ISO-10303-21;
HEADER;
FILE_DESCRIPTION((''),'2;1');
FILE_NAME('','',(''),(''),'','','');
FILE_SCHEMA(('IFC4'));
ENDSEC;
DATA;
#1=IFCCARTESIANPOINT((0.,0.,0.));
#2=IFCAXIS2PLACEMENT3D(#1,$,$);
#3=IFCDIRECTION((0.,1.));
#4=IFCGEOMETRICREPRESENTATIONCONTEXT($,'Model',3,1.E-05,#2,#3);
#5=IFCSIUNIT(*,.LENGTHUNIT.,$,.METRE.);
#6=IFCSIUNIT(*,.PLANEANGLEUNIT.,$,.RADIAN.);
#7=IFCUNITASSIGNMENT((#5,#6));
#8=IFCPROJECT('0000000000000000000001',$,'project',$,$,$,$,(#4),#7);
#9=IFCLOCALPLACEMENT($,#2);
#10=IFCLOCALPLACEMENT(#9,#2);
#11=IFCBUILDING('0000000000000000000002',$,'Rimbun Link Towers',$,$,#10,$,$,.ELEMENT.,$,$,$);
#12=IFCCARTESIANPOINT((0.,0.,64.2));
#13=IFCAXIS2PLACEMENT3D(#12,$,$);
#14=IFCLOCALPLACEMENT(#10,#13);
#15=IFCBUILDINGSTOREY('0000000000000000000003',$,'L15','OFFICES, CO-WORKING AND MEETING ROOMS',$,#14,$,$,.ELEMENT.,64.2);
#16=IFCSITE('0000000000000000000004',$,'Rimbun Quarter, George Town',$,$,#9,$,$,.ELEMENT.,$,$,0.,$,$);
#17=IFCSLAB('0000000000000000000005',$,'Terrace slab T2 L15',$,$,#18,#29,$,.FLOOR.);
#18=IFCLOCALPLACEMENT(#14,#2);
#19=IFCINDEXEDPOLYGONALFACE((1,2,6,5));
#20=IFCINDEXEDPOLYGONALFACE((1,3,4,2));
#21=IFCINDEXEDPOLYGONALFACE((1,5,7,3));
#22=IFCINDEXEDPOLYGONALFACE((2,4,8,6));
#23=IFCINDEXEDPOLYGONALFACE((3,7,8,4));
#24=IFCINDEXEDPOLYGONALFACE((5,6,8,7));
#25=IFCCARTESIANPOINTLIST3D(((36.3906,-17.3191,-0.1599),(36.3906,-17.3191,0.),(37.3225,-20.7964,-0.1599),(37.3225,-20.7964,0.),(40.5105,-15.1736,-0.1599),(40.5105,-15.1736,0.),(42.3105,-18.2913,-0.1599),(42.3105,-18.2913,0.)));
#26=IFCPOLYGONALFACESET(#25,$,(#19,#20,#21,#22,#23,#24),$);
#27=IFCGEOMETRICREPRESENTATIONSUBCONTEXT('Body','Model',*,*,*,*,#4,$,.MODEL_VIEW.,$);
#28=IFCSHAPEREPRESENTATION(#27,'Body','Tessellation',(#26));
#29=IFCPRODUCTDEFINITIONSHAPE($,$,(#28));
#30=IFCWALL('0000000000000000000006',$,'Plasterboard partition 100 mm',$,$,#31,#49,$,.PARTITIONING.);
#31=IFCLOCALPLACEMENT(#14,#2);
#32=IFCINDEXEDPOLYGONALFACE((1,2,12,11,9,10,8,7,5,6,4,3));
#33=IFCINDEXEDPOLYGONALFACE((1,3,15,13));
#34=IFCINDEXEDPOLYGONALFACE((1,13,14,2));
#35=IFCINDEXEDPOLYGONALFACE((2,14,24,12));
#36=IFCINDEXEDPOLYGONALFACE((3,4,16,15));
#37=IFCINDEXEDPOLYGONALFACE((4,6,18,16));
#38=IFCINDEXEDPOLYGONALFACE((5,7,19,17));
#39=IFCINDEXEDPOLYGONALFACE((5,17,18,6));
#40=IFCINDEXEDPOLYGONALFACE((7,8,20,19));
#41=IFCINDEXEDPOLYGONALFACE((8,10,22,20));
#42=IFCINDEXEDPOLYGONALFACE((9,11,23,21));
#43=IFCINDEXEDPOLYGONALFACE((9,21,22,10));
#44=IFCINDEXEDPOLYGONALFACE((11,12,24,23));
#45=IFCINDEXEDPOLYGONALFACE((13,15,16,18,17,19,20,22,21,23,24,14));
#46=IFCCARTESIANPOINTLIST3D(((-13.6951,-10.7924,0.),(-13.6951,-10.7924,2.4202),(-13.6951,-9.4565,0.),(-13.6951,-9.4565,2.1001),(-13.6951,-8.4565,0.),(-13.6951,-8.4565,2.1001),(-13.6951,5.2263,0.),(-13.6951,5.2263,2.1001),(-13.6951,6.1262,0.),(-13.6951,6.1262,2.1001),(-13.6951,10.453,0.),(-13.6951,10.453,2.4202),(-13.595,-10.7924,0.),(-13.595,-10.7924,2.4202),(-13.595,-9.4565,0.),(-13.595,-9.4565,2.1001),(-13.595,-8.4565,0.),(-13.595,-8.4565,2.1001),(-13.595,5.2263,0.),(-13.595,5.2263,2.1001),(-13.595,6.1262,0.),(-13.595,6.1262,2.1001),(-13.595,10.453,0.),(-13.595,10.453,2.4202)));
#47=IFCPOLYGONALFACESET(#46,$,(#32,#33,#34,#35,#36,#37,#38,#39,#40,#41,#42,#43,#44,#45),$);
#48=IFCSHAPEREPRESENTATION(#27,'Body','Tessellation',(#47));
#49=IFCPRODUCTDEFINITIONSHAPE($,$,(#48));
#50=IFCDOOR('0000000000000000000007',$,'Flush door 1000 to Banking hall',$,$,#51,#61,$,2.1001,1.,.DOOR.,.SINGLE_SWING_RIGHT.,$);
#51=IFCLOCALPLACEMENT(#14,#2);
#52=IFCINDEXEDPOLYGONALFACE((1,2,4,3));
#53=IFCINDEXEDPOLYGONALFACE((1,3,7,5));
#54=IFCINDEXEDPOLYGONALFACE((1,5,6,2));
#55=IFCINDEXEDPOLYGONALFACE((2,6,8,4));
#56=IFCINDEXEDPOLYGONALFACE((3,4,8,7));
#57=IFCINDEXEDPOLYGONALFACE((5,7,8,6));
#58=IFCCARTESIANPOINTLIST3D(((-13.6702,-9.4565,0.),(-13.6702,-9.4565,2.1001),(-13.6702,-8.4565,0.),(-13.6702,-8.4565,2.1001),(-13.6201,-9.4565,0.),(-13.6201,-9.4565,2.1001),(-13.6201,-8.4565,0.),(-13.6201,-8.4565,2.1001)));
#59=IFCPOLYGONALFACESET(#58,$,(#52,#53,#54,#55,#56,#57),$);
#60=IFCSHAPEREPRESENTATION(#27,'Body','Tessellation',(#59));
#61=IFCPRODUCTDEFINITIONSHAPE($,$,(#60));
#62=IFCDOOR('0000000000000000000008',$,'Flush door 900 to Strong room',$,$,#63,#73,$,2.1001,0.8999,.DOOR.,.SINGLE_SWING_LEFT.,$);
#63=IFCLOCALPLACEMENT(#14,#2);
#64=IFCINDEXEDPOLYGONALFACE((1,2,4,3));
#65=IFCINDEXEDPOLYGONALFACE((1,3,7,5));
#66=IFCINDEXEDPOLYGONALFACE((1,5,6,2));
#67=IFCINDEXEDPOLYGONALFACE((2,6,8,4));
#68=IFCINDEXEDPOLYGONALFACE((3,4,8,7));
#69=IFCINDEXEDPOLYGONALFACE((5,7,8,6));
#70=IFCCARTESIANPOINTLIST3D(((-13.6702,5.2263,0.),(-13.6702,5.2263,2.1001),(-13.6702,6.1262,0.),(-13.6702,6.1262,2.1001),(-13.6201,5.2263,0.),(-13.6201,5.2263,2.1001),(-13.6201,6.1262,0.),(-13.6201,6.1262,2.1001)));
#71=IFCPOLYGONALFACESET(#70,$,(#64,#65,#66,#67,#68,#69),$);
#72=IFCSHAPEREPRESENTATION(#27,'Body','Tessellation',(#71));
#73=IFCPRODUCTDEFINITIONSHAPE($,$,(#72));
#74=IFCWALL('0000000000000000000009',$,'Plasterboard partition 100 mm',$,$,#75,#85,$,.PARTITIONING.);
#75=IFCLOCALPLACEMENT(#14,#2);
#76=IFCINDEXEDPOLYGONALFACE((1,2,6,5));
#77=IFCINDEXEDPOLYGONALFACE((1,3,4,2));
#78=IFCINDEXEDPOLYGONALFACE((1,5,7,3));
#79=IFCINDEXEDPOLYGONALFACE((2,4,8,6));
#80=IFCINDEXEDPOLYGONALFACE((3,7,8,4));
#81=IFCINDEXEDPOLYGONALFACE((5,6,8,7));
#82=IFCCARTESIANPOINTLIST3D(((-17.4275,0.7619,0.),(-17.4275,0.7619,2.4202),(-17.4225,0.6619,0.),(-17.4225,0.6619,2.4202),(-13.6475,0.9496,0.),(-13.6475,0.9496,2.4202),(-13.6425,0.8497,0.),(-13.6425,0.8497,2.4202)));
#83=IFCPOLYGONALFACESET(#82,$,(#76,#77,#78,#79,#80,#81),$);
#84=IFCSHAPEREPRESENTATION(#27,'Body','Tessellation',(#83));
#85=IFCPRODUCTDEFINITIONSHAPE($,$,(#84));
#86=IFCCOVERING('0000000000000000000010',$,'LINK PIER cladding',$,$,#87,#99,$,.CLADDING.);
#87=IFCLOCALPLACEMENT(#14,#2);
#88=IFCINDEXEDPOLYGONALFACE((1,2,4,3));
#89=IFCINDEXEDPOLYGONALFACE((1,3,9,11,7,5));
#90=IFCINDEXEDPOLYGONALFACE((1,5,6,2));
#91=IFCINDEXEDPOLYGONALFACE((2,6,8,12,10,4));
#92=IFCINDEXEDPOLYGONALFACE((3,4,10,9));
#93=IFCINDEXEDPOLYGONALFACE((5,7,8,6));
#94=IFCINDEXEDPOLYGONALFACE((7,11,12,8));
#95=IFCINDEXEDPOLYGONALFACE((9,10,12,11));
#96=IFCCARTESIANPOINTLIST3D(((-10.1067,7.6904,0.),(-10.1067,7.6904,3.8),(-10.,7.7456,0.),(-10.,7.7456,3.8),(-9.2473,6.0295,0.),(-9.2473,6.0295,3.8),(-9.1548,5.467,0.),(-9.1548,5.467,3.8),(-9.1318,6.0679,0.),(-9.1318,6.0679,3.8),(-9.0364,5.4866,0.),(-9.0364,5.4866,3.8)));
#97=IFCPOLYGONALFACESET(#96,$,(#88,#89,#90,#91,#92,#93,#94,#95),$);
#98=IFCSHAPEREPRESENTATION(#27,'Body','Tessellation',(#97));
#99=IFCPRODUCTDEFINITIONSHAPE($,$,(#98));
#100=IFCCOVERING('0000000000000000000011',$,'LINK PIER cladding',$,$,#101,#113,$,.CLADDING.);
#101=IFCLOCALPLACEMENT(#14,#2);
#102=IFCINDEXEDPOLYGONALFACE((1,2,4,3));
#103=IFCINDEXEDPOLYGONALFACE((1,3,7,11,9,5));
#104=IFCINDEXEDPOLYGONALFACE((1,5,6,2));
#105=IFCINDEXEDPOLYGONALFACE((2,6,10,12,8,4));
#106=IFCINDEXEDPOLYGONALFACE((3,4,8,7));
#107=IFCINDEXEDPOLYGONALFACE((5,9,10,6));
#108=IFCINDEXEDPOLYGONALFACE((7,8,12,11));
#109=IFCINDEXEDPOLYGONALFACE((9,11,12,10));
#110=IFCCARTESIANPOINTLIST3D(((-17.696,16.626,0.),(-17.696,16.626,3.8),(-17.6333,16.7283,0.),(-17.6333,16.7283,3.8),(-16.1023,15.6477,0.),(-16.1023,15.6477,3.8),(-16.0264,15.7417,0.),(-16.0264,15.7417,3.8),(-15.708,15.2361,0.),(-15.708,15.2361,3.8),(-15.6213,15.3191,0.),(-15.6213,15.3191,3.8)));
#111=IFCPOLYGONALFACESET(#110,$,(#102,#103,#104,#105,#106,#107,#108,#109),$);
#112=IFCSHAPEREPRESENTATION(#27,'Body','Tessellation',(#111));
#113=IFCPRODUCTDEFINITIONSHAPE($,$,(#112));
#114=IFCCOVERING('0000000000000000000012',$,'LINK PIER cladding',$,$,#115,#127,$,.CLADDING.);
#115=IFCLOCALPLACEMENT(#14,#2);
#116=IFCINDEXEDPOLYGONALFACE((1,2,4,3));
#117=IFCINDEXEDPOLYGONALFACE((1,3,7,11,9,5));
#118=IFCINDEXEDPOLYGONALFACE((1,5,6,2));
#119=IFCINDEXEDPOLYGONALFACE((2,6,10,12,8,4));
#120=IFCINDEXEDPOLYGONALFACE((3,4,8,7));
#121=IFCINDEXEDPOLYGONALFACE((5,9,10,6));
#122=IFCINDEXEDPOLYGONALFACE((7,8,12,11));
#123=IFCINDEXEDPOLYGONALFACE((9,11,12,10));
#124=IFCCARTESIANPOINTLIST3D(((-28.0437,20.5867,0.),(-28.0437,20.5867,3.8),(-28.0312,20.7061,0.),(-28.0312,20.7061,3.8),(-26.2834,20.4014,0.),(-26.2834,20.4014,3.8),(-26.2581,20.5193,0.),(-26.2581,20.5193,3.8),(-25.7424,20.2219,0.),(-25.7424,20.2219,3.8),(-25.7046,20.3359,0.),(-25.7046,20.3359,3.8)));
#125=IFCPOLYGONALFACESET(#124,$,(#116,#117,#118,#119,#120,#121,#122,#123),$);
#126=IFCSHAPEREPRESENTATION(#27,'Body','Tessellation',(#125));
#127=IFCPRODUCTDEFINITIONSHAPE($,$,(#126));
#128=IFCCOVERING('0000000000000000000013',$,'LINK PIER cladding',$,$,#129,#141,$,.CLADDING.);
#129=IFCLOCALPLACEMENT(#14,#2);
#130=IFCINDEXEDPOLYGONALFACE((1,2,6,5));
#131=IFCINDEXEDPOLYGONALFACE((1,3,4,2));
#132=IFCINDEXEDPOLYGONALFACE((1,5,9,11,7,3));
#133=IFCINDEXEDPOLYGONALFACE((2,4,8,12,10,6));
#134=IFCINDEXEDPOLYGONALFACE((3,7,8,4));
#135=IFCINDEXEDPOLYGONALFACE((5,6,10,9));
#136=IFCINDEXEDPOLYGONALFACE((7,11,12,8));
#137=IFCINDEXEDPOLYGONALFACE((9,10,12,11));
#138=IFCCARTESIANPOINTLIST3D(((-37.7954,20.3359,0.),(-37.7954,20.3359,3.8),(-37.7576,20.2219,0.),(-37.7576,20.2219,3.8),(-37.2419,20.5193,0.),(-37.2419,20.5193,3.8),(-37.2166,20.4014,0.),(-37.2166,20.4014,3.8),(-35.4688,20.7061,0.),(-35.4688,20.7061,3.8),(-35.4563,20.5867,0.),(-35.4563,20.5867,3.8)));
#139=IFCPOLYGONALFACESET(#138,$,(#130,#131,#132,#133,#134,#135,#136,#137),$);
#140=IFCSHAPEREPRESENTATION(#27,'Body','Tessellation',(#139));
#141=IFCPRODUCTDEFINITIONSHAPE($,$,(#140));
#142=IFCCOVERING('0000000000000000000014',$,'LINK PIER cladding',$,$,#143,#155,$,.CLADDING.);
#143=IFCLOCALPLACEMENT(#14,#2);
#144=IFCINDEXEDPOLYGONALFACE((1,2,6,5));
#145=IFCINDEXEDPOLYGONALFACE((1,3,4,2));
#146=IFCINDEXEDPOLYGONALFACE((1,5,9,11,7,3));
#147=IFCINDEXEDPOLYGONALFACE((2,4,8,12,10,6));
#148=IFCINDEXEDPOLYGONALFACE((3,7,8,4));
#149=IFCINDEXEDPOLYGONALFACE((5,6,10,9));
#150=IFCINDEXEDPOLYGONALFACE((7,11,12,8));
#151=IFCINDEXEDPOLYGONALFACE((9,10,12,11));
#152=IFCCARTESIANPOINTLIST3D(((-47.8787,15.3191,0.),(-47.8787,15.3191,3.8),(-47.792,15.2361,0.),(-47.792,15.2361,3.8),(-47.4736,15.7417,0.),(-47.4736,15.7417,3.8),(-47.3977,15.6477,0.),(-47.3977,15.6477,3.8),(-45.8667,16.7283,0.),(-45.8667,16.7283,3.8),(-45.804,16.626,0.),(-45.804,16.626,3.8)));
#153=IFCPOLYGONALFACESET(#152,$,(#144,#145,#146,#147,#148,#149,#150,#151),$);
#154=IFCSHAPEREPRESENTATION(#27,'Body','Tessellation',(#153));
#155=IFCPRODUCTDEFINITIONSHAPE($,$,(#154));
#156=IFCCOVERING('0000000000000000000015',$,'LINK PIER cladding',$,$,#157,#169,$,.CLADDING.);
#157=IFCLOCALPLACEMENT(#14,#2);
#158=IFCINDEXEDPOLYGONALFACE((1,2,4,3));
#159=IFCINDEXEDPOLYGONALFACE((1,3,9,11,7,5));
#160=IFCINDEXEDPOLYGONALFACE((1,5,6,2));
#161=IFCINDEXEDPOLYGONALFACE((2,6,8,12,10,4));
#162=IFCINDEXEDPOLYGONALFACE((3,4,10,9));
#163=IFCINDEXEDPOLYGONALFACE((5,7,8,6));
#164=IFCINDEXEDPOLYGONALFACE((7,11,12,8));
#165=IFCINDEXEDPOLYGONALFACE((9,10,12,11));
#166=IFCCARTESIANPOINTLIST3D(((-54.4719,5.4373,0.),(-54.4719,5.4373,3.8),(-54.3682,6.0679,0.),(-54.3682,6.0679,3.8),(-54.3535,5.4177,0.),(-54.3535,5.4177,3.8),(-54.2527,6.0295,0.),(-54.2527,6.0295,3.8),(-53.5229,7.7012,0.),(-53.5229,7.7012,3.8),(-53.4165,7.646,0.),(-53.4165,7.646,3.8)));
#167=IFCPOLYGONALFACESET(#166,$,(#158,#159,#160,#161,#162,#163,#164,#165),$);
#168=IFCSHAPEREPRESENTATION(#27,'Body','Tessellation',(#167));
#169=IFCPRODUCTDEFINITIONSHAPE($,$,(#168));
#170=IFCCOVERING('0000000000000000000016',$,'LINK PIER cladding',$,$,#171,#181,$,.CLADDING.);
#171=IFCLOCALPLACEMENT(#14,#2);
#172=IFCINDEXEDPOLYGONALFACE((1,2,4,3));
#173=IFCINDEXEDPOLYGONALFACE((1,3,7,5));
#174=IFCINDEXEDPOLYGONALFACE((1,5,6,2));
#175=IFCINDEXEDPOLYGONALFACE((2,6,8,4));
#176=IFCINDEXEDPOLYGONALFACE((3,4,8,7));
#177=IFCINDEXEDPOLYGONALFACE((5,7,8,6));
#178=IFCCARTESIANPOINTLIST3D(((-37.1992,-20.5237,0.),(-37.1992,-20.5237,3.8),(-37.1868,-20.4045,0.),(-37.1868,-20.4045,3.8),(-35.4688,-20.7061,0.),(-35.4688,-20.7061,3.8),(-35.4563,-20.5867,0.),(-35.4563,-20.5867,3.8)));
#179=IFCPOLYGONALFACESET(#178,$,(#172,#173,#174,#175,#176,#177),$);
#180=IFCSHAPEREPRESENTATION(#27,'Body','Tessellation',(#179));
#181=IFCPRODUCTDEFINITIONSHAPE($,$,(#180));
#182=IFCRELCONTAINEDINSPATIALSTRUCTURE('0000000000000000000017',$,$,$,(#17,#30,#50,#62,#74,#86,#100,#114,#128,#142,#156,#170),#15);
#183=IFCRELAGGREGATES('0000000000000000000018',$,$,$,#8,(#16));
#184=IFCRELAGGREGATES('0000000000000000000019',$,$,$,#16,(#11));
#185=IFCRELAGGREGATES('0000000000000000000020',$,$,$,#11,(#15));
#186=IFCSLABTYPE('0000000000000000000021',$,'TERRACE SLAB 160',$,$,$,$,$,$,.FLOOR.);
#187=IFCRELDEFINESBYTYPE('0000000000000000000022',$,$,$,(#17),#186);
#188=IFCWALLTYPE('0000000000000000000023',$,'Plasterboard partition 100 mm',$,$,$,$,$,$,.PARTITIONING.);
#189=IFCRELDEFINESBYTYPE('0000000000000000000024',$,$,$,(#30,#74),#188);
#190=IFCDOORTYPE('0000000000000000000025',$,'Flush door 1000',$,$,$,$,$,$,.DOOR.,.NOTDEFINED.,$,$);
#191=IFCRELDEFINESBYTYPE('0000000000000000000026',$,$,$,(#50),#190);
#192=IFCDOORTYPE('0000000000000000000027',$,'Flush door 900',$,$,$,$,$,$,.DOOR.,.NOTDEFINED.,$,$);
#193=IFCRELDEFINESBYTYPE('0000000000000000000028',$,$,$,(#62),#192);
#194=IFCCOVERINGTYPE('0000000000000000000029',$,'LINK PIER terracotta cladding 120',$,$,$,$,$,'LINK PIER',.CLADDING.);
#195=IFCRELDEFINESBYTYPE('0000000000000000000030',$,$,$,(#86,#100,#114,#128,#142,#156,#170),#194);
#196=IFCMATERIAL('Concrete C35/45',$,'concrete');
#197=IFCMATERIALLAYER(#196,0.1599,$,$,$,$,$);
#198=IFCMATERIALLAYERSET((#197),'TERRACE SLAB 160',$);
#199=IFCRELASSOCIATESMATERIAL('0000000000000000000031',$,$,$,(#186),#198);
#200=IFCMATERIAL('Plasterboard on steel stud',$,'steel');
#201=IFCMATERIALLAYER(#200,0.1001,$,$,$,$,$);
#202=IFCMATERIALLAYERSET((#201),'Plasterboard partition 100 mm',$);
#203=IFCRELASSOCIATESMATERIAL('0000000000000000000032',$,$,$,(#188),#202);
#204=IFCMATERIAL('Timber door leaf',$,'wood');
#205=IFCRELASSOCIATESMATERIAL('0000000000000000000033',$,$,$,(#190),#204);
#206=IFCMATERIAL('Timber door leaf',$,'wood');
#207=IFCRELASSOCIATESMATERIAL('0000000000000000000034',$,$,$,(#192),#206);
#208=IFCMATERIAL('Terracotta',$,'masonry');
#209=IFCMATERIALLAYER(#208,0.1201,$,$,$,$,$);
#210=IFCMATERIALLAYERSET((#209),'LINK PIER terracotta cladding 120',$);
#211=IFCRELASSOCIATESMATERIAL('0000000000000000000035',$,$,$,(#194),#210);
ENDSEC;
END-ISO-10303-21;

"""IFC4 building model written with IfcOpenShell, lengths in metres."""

from ifc_helpers import new_model, si_unit, direction, frame, frame_2d, origin, place, context, subcontext, project, spatial, polyline, rectangle, outline, extrude, material, layer, layer_set, type_object, element, fill, save


model = new_model("IFC4")

# Units and contexts
model_context = context("Model", 3, precision=1e-05, world=origin(), true_north=direction((0.0, 1.0)))
body_context = subcontext(model_context, "Body", "Model", "MODEL_VIEW")
ifc_project = project(units=[si_unit("LENGTHUNIT", "METRE"), si_unit("PLANEANGLEUNIT", "RADIAN")], contexts=[model_context])

# Site, building, storey
site_placement = place(None, origin())
site = spatial("IfcSite", under=ifc_project, at=site_placement, Name="Rimbun Quarter, George Town", CompositionType="ELEMENT", RefElevation=0.0)
building_placement = place(site_placement, origin())
building = spatial("IfcBuilding", under=site, at=building_placement, Name="Rimbun Link Towers", CompositionType="ELEMENT")
storey_placement = place(building_placement, frame((0.0, 0.0, 64.2)))
storey = spatial("IfcBuildingStorey", under=building, at=storey_placement, Name="L15", Description="OFFICES, CO-WORKING AND MEETING ROOMS", CompositionType="ELEMENT", Elevation=64.2)

# Slab
ifc_material_1 = material(Name="Concrete C35/45", Category="concrete")
ifc_layer_1 = layer(ifc_material_1, 0.1599)
ifc_layer_set_1 = layer_set([ifc_layer_1], Name="TERRACE SLAB 160")
slab_type_1 = type_object("IfcSlabType", Name="TERRACE SLAB 160", PredefinedType="FLOOR", material=ifc_layer_set_1)
slab_1_placement = place(storey_placement, frame((0.0, 0.0, -0.1599)))
element("IfcSlab", 1, at=slab_1_placement, inside=storey, type_object=slab_type_1, Name="Terrace slab T2 L15", PredefinedType="FLOOR", context=body_context, shape_type="SweptSolid", body=[
    extrude(outline(polyline([(36.3906, -17.3191), (40.5105, -15.1736), (42.3105, -18.2913), (37.3225, -20.7964), (36.3906, -17.3191)])), origin(), (0.0, 0.0, 1.0), 0.1599),
])

# Wall, openings, doors
ifc_material_2 = material(Name="Plasterboard on steel stud", Category="steel")
ifc_layer_2 = layer(ifc_material_2, 0.1001)
ifc_layer_set_2 = layer_set([ifc_layer_2], Name="Plasterboard partition 100 mm")
wall_type = type_object("IfcWallType", Name="Plasterboard partition 100 mm", PredefinedType="PARTITIONING", material=ifc_layer_set_2)
wall_1_placement = place(storey_placement, frame((-13.645, 10.4529, 0.0), z_axis=(0.0, 0.0, 1.0), x_axis=(0.0, -1.0, 0.0)))
wall_1 = element("IfcWall", 2, at=wall_1_placement, inside=storey, type_object=wall_type, Name="Plasterboard partition 100 mm", PredefinedType="PARTITIONING", context=body_context, shape_type="SweptSolid", body=[
    extrude(rectangle(XDim=21.2454, YDim=0.1001, at=frame_2d((10.6226, 0.0))), origin(), (0.0, 0.0, 1.0), 2.4202),
])
opening_1_placement = place(wall_1_placement, frame((18.9094, 0.0, 0.0)))
opening_1 = element("IfcOpeningElement", 3, at=opening_1_placement, cuts=wall_1, PredefinedType="OPENING", context=body_context, shape_type="SweptSolid", body=[
    extrude(rectangle(XDim=1.0, YDim=2.1001, at=frame_2d((0.5, 1.05))), frame((0.0, 0.0601, 0.0), z_axis=(0.0, -1.0, 0.0), x_axis=(1.0, 0.0, 0.0)), (0.0, 0.0, 1.0), 0.1201),
])
opening_2_placement = place(wall_1_placement, frame((4.3267, 0.0, 0.0)))
opening_2 = element("IfcOpeningElement", 4, at=opening_2_placement, cuts=wall_1, PredefinedType="OPENING", context=body_context, shape_type="SweptSolid", body=[
    extrude(rectangle(XDim=0.8999, YDim=2.1001, at=frame_2d((0.45, 1.05))), frame((0.0, 0.0601, 0.0), z_axis=(0.0, -1.0, 0.0), x_axis=(1.0, 0.0, 0.0)), (0.0, 0.0, 1.0), 0.1201),
])
ifc_material_3 = material(Name="Timber door leaf", Category="wood")
door_type_1 = type_object("IfcDoorType", Name="Flush door 1000", OperationType="NOTDEFINED", PredefinedType="DOOR", material=ifc_material_3)
door_1_placement = place(opening_1_placement, origin())
door_1 = element("IfcDoor", 5, at=door_1_placement, inside=storey, type_object=door_type_1, Name="Flush door 1000 to Banking hall", OperationType="SINGLE_SWING_RIGHT", OverallHeight=2.1001, OverallWidth=1.0, PredefinedType="DOOR", context=body_context, shape_type="SweptSolid", body=[
    extrude(rectangle(XDim=1.0, YDim=2.1001, at=frame_2d((0.5, 1.05))), frame((0.0, 0.0249, 0.0), z_axis=(0.0, -1.0, 0.0), x_axis=(1.0, 0.0, 0.0)), (0.0, 0.0, 1.0), 0.05),
])
fill(opening_1, door_1)
ifc_material_4 = material(Name="Timber door leaf", Category="wood")
door_type_2 = type_object("IfcDoorType", Name="Flush door 900", OperationType="NOTDEFINED", PredefinedType="DOOR", material=ifc_material_4)
door_2_placement = place(opening_2_placement, origin())
door_2 = element("IfcDoor", 6, at=door_2_placement, inside=storey, type_object=door_type_2, Name="Flush door 900 to Strong room", OperationType="SINGLE_SWING_LEFT", OverallHeight=2.1001, OverallWidth=0.8999, PredefinedType="DOOR", context=body_context, shape_type="SweptSolid", body=[
    extrude(rectangle(XDim=0.8999, YDim=2.1001, at=frame_2d((0.45, 1.05))), frame((0.0, 0.0249, 0.0), z_axis=(0.0, -1.0, 0.0), x_axis=(1.0, 0.0, 0.0)), (0.0, 0.0, 1.0), 0.05),
])
fill(opening_2, door_2)

# Wall
wall_2_placement = place(storey_placement, frame((-13.645, 0.8997, 0.0), z_axis=(0.0, 0.0, 1.0), x_axis=(-0.998769, -0.049606, 0.0)))
element("IfcWall", 7, at=wall_2_placement, inside=storey, type_object=wall_type, Name="Plasterboard partition 100 mm", PredefinedType="PARTITIONING", context=body_context, shape_type="SweptSolid", body=[
    extrude(rectangle(XDim=3.7847, YDim=0.1001, at=frame_2d((1.8923, 0.0))), origin(), (0.0, 0.0, 1.0), 2.4202),
])

# Coverings
ifc_material_5 = material(Name="Terracotta", Category="masonry")
ifc_layer_3 = layer(ifc_material_5, 0.1201)
ifc_layer_set_3 = layer_set([ifc_layer_3], Name="LINK PIER terracotta cladding 120")
covering_type_1 = type_object("IfcCoveringType", Name="LINK PIER terracotta cladding 120", ElementType="LINK PIER", PredefinedType="CLADDING", material=ifc_layer_set_3)
covering_1_placement = place(storey_placement, origin())
element("IfcCovering", 8, at=covering_1_placement, inside=storey, type_object=covering_type_1, Name="LINK PIER cladding", PredefinedType="CLADDING", context=body_context, shape_type="SweptSolid", body=[
    extrude(outline(polyline([(-10.1067, 7.6904), (-9.2473, 6.0295), (-9.1548, 5.467), (-9.0364, 5.4866), (-9.1318, 6.0679), (-10.0, 7.7456), (-10.1067, 7.6904)])), origin(), (0.0, 0.0, 1.0), 3.8),
])
covering_2_placement = place(storey_placement, origin())
element("IfcCovering", 9, at=covering_2_placement, inside=storey, type_object=covering_type_1, Name="LINK PIER cladding", PredefinedType="CLADDING", context=body_context, shape_type="SweptSolid", body=[
    extrude(outline(polyline([(-17.696, 16.626), (-16.1023, 15.6477), (-15.708, 15.2361), (-15.6213, 15.3191), (-16.0264, 15.7417), (-17.6333, 16.7283), (-17.696, 16.626)])), origin(), (0.0, 0.0, 1.0), 3.8),
])
covering_3_placement = place(storey_placement, origin())
element("IfcCovering", 10, at=covering_3_placement, inside=storey, type_object=covering_type_1, Name="LINK PIER cladding", PredefinedType="CLADDING", context=body_context, shape_type="SweptSolid", body=[
    extrude(outline(polyline([(-28.0437, 20.5867), (-26.2834, 20.4014), (-25.7424, 20.2219), (-25.7046, 20.3359), (-26.2581, 20.5193), (-28.0312, 20.7061), (-28.0437, 20.5867)])), origin(), (0.0, 0.0, 1.0), 3.8),
])
covering_4_placement = place(storey_placement, origin())
element("IfcCovering", 11, at=covering_4_placement, inside=storey, type_object=covering_type_1, Name="LINK PIER cladding", PredefinedType="CLADDING", context=body_context, shape_type="SweptSolid", body=[
    extrude(outline(polyline([(-37.7576, 20.2219), (-37.2166, 20.4014), (-35.4563, 20.5867), (-35.4688, 20.7061), (-37.2419, 20.5193), (-37.7954, 20.3359), (-37.7576, 20.2219)])), origin(), (0.0, 0.0, 1.0), 3.8),
])
covering_5_placement = place(storey_placement, origin())
element("IfcCovering", 12, at=covering_5_placement, inside=storey, type_object=covering_type_1, Name="LINK PIER cladding", PredefinedType="CLADDING", context=body_context, shape_type="SweptSolid", body=[
    extrude(outline(polyline([(-47.792, 15.2361), (-47.3977, 15.6477), (-45.804, 16.626), (-45.8667, 16.7283), (-47.4736, 15.7417), (-47.8787, 15.3191), (-47.792, 15.2361)])), origin(), (0.0, 0.0, 1.0), 3.8),
])
covering_6_placement = place(storey_placement, origin())
element("IfcCovering", 13, at=covering_6_placement, inside=storey, type_object=covering_type_1, Name="LINK PIER cladding", PredefinedType="CLADDING", context=body_context, shape_type="SweptSolid", body=[
    extrude(outline(polyline([(-54.3535, 5.4177), (-54.2527, 6.0295), (-53.4165, 7.646), (-53.5229, 7.7012), (-54.3682, 6.0679), (-54.4719, 5.4373), (-54.3535, 5.4177)])), origin(), (0.0, 0.0, 1.0), 3.8),
])
covering_7_placement = place(storey_placement, origin())
element("IfcCovering", 14, at=covering_7_placement, inside=storey, type_object=covering_type_1, Name="LINK PIER cladding", PredefinedType="CLADDING", context=body_context, shape_type="SweptSolid", body=[
    extrude(outline(polyline([(-35.4563, -20.5867), (-37.1868, -20.4045), (-37.1992, -20.5237), (-35.4688, -20.7061), (-35.4563, -20.5867)])), origin(), (0.0, 0.0, 1.0), 3.8),
])

save(model, "model.ifc")
